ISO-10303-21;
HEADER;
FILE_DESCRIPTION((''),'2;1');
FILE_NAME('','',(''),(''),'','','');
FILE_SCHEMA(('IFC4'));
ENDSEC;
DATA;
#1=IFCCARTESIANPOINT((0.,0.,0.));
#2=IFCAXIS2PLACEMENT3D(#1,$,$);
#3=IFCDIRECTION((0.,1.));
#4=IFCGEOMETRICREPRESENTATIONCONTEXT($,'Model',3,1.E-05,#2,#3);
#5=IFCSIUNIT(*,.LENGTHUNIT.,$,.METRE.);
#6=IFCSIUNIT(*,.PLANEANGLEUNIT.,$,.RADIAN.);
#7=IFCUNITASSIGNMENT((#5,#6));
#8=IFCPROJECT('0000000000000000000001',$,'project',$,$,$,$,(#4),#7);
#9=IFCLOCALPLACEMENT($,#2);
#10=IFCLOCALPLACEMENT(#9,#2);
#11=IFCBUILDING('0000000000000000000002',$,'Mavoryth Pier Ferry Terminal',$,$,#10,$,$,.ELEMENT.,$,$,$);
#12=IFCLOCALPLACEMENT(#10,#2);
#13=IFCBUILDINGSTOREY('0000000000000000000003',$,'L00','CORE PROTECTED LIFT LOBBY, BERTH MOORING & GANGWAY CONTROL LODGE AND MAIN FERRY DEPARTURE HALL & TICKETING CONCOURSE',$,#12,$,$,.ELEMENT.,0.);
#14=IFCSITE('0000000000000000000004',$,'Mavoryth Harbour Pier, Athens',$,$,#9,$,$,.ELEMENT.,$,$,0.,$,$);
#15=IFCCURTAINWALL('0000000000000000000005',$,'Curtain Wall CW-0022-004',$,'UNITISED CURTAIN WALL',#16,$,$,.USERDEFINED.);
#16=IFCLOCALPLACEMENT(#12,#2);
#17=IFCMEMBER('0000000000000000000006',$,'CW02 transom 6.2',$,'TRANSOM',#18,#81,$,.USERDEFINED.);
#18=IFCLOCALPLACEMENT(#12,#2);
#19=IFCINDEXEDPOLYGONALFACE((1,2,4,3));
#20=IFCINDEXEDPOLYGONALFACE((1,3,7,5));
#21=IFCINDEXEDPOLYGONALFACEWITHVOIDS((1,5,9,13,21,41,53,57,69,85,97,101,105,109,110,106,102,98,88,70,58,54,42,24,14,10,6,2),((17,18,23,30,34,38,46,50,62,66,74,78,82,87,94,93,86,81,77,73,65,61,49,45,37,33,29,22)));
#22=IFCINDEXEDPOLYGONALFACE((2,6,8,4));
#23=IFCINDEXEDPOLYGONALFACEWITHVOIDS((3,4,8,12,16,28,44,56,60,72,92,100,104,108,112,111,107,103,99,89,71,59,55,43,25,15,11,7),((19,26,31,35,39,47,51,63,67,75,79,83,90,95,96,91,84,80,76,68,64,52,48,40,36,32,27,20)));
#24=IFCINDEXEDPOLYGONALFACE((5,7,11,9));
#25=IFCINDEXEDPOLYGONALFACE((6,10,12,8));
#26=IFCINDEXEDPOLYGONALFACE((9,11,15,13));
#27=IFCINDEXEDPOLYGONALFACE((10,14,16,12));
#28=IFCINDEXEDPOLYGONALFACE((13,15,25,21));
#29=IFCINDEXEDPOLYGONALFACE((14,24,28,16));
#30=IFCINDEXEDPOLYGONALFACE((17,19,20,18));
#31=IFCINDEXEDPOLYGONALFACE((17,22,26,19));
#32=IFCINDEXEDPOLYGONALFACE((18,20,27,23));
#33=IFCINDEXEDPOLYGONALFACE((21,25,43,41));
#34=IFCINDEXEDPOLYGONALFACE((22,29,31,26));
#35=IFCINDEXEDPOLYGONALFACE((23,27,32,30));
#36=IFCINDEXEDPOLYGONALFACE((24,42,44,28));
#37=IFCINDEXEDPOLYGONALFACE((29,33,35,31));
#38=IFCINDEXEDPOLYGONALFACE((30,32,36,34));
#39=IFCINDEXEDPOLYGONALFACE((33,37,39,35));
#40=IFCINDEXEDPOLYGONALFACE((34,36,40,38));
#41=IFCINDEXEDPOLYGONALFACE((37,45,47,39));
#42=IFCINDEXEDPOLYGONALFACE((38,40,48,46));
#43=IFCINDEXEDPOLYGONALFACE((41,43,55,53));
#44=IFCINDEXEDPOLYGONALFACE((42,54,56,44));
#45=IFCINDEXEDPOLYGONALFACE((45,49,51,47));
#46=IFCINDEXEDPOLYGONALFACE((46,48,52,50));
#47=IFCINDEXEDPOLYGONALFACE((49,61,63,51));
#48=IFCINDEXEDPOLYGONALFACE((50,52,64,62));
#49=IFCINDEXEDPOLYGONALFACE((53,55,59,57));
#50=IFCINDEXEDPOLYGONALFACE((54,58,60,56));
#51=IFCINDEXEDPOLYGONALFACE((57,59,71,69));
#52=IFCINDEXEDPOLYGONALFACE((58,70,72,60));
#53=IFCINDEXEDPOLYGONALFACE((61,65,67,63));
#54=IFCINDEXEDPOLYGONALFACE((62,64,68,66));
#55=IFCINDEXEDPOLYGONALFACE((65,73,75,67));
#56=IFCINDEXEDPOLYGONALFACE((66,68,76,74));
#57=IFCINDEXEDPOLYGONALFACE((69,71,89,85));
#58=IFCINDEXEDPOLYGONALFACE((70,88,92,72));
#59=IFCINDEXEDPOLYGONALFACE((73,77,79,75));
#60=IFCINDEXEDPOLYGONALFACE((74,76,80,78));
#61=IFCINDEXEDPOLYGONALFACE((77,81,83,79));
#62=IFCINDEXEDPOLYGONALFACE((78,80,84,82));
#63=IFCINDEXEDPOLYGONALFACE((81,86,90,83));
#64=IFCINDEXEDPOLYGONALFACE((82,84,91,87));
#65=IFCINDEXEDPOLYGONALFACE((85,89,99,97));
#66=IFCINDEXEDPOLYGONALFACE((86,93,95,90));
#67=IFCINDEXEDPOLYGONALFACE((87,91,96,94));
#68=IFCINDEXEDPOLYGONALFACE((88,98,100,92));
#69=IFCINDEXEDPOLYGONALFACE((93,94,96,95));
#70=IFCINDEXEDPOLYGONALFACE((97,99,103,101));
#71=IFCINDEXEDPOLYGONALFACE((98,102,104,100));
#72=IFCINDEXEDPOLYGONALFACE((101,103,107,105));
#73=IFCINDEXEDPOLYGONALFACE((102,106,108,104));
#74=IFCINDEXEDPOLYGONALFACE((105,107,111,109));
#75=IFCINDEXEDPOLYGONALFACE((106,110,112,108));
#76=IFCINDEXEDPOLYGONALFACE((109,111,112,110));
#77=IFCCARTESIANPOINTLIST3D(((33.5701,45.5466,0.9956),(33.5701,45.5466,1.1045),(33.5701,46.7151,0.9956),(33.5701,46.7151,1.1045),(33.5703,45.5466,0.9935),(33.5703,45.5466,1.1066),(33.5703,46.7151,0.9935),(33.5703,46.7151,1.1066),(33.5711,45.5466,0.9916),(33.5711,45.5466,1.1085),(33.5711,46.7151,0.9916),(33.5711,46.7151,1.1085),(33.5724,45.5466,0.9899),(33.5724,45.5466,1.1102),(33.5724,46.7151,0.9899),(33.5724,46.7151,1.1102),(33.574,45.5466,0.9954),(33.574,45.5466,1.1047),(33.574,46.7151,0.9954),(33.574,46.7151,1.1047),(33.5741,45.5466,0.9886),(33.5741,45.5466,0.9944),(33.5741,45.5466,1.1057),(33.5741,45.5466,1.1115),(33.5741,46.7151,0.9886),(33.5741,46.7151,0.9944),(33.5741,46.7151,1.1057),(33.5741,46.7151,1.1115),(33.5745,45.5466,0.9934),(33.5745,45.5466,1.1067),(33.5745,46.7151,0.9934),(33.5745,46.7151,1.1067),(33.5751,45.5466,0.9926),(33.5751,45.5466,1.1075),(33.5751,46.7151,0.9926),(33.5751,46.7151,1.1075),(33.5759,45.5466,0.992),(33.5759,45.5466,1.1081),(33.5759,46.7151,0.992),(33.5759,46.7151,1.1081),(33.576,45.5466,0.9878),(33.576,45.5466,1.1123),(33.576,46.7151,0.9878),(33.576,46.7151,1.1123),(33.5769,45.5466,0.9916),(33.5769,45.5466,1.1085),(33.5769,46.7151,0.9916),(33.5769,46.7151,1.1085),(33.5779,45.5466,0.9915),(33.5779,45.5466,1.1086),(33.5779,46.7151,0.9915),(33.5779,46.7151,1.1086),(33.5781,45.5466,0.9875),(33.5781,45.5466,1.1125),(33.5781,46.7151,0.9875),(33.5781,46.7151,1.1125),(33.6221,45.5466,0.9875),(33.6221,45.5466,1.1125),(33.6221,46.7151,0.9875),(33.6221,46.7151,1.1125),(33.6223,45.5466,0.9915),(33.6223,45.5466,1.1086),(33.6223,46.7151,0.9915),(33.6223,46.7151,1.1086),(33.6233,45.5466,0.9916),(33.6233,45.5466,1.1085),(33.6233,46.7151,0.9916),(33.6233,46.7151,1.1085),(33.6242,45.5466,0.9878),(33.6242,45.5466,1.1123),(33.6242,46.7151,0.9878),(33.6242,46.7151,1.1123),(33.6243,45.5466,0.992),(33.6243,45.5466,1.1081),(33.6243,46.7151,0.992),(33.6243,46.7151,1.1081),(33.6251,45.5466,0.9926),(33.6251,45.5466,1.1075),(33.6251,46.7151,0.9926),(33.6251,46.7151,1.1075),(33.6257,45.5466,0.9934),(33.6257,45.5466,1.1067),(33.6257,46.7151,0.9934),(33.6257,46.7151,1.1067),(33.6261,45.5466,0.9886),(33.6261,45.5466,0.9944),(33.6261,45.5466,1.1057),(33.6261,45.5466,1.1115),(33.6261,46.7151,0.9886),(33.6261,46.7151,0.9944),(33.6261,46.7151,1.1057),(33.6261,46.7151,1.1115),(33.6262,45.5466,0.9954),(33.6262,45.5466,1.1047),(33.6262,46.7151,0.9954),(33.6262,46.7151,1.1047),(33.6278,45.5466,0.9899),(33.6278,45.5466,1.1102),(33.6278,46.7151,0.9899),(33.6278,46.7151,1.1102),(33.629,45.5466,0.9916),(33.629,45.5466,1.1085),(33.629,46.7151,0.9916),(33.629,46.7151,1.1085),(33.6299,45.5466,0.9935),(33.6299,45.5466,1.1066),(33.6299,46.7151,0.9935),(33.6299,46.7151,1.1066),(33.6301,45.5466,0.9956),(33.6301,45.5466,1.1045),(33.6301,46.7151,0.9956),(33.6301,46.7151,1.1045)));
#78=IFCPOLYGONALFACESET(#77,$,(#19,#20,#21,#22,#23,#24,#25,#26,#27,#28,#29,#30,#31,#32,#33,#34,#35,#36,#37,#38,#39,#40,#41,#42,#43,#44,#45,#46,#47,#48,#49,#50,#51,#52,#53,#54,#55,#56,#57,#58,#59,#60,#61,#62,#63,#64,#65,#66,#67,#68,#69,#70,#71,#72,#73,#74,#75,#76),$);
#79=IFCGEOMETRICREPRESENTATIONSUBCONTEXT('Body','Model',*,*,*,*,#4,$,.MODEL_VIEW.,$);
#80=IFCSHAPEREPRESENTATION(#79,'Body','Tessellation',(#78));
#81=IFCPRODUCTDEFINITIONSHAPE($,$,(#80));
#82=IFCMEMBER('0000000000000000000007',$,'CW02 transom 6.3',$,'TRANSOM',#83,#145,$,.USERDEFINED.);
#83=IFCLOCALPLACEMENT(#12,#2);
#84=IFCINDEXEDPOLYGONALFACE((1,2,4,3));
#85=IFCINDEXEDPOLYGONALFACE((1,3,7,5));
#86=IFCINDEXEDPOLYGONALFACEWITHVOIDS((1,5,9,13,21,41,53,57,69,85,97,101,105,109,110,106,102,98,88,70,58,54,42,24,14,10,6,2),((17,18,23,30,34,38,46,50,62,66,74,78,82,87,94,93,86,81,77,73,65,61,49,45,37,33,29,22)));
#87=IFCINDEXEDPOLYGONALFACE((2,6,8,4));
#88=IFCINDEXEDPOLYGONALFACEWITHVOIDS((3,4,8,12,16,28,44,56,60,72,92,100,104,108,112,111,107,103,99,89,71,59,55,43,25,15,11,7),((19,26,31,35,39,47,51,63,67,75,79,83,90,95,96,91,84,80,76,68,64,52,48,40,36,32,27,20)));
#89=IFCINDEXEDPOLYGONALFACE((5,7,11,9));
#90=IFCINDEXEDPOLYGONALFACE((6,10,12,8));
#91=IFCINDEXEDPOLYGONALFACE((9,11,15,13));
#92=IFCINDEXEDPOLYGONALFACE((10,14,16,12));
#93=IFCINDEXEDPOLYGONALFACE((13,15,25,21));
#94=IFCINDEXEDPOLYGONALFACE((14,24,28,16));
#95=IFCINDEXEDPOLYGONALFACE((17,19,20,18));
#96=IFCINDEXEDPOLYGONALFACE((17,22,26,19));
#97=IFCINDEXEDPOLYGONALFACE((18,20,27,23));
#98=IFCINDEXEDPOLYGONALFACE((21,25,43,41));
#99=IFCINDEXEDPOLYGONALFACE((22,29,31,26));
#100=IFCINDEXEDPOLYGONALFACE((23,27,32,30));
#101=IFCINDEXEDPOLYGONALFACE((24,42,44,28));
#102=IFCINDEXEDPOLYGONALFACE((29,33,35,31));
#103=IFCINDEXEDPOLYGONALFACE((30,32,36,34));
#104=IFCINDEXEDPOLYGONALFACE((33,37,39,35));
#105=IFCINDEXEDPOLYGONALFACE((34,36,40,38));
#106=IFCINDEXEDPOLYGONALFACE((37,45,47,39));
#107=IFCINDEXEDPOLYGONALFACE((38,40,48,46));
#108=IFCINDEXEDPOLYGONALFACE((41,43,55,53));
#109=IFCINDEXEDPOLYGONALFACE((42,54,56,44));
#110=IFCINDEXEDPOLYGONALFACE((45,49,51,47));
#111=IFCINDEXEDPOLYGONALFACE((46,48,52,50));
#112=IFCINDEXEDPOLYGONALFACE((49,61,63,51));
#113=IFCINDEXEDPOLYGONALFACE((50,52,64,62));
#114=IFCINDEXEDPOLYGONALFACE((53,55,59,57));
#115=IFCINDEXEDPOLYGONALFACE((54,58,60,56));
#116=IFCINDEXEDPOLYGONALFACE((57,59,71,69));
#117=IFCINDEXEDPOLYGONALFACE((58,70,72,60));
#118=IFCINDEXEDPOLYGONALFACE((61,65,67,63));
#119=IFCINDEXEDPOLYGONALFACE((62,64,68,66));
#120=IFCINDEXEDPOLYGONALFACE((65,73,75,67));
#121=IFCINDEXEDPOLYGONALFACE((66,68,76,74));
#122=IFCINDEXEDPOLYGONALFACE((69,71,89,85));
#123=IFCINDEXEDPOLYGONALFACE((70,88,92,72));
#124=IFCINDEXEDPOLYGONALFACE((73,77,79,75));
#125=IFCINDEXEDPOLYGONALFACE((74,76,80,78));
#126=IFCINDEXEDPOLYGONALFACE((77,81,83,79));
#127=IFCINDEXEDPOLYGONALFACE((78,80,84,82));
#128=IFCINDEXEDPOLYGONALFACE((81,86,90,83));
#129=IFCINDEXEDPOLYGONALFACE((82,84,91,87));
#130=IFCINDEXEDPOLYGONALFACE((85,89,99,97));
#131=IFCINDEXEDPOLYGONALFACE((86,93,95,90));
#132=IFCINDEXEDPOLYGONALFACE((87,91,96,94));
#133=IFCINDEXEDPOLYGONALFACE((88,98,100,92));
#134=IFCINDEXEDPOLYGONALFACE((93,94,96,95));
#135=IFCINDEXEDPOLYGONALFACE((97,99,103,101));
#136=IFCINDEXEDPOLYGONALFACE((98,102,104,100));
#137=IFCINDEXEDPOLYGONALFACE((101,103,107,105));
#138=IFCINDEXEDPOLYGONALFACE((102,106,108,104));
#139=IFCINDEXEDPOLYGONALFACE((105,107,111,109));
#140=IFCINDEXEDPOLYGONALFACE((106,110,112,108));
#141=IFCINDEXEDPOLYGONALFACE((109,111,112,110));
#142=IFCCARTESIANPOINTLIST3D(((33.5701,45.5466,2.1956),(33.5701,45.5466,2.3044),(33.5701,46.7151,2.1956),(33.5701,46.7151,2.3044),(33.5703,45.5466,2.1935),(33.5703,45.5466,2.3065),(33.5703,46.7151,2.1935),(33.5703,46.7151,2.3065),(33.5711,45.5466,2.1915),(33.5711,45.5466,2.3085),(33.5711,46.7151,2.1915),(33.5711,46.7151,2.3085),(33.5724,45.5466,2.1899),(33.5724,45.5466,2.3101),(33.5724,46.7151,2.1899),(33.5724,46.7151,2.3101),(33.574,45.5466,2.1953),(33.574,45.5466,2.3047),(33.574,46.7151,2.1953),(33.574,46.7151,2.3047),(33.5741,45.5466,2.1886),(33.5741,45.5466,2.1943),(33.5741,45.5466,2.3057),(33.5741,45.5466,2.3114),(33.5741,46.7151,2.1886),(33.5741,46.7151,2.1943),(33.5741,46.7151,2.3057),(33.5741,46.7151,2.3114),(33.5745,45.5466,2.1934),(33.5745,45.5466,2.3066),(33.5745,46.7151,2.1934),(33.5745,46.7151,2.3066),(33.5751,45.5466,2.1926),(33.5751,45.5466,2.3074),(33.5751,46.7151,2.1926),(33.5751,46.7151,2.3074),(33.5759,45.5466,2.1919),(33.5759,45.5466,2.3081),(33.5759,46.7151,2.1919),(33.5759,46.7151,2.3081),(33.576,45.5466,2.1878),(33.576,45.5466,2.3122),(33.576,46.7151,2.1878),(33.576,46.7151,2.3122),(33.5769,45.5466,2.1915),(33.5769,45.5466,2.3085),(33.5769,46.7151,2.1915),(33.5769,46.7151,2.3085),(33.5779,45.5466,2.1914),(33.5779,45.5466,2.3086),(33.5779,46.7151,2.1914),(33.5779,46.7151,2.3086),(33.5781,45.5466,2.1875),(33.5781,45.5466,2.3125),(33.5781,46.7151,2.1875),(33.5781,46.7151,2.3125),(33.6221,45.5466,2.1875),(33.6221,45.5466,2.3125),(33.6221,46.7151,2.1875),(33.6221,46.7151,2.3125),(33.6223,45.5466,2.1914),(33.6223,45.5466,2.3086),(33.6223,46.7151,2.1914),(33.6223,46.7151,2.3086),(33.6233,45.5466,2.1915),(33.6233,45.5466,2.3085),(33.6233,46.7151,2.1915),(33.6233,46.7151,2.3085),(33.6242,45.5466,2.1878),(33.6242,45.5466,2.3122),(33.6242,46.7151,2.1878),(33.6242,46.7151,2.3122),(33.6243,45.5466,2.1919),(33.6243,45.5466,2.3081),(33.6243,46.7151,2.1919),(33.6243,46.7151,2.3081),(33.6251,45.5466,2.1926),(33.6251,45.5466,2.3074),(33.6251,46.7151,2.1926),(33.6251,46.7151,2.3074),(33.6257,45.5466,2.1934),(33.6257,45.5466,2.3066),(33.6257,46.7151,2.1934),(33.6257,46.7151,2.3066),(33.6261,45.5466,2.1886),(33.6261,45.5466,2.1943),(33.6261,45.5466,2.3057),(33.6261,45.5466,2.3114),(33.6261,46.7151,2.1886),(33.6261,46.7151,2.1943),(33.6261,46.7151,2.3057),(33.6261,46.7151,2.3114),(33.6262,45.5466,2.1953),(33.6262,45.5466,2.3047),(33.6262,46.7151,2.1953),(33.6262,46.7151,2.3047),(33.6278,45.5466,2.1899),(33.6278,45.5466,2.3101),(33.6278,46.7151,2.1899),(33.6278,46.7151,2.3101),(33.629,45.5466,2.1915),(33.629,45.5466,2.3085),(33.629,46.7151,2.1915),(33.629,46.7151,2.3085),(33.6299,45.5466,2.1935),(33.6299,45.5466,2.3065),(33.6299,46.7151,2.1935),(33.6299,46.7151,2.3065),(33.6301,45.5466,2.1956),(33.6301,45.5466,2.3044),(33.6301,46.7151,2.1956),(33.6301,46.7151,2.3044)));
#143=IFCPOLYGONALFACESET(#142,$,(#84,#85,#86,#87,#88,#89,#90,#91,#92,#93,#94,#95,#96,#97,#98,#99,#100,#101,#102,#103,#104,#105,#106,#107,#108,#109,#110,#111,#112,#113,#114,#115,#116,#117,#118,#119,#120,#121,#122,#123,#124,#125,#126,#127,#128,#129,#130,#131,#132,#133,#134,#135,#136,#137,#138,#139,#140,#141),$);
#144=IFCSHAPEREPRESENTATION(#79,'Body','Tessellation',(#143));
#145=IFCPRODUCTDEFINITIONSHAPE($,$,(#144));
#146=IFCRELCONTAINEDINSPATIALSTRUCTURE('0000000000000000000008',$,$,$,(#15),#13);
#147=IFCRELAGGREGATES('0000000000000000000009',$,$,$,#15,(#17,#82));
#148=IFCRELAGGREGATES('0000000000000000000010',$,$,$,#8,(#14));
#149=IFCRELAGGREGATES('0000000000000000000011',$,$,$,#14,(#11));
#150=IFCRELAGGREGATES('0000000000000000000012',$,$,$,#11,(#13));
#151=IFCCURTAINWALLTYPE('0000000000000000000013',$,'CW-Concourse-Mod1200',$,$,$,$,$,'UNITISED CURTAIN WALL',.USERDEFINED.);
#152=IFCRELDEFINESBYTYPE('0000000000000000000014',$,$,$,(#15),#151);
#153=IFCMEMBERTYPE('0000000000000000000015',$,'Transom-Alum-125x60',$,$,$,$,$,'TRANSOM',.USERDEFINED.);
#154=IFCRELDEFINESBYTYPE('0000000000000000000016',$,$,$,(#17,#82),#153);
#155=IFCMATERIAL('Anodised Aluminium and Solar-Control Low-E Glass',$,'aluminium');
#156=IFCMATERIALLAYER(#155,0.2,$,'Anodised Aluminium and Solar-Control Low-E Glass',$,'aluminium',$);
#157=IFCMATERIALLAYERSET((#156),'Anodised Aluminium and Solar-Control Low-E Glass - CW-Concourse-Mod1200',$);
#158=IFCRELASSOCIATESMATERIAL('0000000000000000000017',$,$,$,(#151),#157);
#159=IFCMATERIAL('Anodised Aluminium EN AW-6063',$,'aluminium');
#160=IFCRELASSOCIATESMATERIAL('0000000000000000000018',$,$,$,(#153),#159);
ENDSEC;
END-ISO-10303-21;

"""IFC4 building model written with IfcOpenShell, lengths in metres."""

from ifc_helpers import new_model, si_unit, direction, frame, origin, origin_2d, place, context, subcontext, project, spatial, hollow_rectangle, extrude, material, layer, layer_set, material_profile, profile_set, type_object, element, aggregate, save


model = new_model("IFC4")

# Units and contexts
model_context = context("Model", 3, precision=1e-05, world=origin(), true_north=direction((0.0, 1.0)))
body_context = subcontext(model_context, "Body", "Model", "MODEL_VIEW")
ifc_project = project(units=[si_unit("LENGTHUNIT", "METRE"), si_unit("PLANEANGLEUNIT", "RADIAN")], contexts=[model_context])

# Site, building, storey
site_placement = place(None, origin())
site = spatial("IfcSite", under=ifc_project, at=site_placement, Name="Mavoryth Harbour Pier, Athens", CompositionType="ELEMENT", RefElevation=0.0)
building_placement = place(site_placement, origin())
building = spatial("IfcBuilding", under=site, at=building_placement, Name="Mavoryth Pier Ferry Terminal", CompositionType="ELEMENT")
storey_placement = place(building_placement, origin())
storey = spatial("IfcBuildingStorey", under=building, at=storey_placement, Name="L00", Description="CORE PROTECTED LIFT LOBBY, BERTH MOORING & GANGWAY CONTROL LODGE AND MAIN FERRY DEPARTURE HALL & TICKETING CONCOURSE", CompositionType="ELEMENT", Elevation=0.0)

# Curtain wall
ifc_material_1 = material(Name="Anodised Aluminium and Solar-Control Low-E Glass", Category="aluminium")
ifc_layer_1 = layer(ifc_material_1, 0.2, Name="Anodised Aluminium and Solar-Control Low-E Glass", Category="aluminium")
ifc_layer_set_1 = layer_set([ifc_layer_1], Name="Anodised Aluminium and Solar-Control Low-E Glass - CW-Concourse-Mod1200")
curtain_wall_type = type_object("IfcCurtainWallType", Name="CW-Concourse-Mod1200", ElementType="UNITISED CURTAIN WALL", PredefinedType="USERDEFINED", material=ifc_layer_set_1)
curtain_wall_1_placement = place(storey_placement, origin())
curtain_wall_1 = element("IfcCurtainWall", 1, at=curtain_wall_1_placement, inside=storey, type_object=curtain_wall_type, Name="Curtain Wall CW-0022-004", ObjectType="UNITISED CURTAIN WALL", PredefinedType="USERDEFINED")
ifc_material_2 = material(Name="Anodised Aluminium EN AW-6063", Category="aluminium")

# Members
ifc_material_profile_1 = material_profile(ifc_material_2, hollow_rectangle(XDim=0.0601, YDim=0.125, WallThickness=0.0039, InnerFilletRadius=0.0039, OuterFilletRadius=0.0081, at=origin_2d()), Name="AL-TRAN 125x60x4", Category="aluminium")
ifc_profile_set_1 = profile_set([ifc_material_profile_1], Name="Anodised Aluminium EN AW-6063 - AL-TRAN 125x60x4")
member_type_1 = type_object("IfcMemberType", Name="Transom-Alum-125x60", ElementType="TRANSOM", PredefinedType="USERDEFINED", material=ifc_profile_set_1)
member_1_placement = place(storey_placement, frame((33.6001, 45.5466, 1.05), z_axis=(0.0, 1.0, 0.0), x_axis=(-1.0, 0.0, 0.0)))
member_1 = element("IfcMember", 2, at=member_1_placement, type_object=member_type_1, Name="CW02 transom 6.2", ObjectType="TRANSOM", PredefinedType="USERDEFINED", context=body_context, shape_type="SweptSolid", body=[
    extrude(hollow_rectangle(XDim=0.0601, YDim=0.125, WallThickness=0.0039, InnerFilletRadius=0.0039, OuterFilletRadius=0.0081, at=origin_2d()), origin(), (0.0, 0.0, 1.0), 1.1685),
])
member_2_placement = place(storey_placement, frame((33.6001, 45.5466, 2.25), z_axis=(0.0, 1.0, 0.0), x_axis=(-1.0, 0.0, 0.0)))
member_2 = element("IfcMember", 3, at=member_2_placement, type_object=member_type_1, Name="CW02 transom 6.3", ObjectType="TRANSOM", PredefinedType="USERDEFINED", context=body_context, shape_type="SweptSolid", body=[
    extrude(hollow_rectangle(XDim=0.0601, YDim=0.125, WallThickness=0.0039, InnerFilletRadius=0.0039, OuterFilletRadius=0.0081, at=origin_2d()), origin(), (0.0, 0.0, 1.0), 1.1685),
])

aggregate(curtain_wall_1, [member_1, member_2])

save(model, "model.ifc")
